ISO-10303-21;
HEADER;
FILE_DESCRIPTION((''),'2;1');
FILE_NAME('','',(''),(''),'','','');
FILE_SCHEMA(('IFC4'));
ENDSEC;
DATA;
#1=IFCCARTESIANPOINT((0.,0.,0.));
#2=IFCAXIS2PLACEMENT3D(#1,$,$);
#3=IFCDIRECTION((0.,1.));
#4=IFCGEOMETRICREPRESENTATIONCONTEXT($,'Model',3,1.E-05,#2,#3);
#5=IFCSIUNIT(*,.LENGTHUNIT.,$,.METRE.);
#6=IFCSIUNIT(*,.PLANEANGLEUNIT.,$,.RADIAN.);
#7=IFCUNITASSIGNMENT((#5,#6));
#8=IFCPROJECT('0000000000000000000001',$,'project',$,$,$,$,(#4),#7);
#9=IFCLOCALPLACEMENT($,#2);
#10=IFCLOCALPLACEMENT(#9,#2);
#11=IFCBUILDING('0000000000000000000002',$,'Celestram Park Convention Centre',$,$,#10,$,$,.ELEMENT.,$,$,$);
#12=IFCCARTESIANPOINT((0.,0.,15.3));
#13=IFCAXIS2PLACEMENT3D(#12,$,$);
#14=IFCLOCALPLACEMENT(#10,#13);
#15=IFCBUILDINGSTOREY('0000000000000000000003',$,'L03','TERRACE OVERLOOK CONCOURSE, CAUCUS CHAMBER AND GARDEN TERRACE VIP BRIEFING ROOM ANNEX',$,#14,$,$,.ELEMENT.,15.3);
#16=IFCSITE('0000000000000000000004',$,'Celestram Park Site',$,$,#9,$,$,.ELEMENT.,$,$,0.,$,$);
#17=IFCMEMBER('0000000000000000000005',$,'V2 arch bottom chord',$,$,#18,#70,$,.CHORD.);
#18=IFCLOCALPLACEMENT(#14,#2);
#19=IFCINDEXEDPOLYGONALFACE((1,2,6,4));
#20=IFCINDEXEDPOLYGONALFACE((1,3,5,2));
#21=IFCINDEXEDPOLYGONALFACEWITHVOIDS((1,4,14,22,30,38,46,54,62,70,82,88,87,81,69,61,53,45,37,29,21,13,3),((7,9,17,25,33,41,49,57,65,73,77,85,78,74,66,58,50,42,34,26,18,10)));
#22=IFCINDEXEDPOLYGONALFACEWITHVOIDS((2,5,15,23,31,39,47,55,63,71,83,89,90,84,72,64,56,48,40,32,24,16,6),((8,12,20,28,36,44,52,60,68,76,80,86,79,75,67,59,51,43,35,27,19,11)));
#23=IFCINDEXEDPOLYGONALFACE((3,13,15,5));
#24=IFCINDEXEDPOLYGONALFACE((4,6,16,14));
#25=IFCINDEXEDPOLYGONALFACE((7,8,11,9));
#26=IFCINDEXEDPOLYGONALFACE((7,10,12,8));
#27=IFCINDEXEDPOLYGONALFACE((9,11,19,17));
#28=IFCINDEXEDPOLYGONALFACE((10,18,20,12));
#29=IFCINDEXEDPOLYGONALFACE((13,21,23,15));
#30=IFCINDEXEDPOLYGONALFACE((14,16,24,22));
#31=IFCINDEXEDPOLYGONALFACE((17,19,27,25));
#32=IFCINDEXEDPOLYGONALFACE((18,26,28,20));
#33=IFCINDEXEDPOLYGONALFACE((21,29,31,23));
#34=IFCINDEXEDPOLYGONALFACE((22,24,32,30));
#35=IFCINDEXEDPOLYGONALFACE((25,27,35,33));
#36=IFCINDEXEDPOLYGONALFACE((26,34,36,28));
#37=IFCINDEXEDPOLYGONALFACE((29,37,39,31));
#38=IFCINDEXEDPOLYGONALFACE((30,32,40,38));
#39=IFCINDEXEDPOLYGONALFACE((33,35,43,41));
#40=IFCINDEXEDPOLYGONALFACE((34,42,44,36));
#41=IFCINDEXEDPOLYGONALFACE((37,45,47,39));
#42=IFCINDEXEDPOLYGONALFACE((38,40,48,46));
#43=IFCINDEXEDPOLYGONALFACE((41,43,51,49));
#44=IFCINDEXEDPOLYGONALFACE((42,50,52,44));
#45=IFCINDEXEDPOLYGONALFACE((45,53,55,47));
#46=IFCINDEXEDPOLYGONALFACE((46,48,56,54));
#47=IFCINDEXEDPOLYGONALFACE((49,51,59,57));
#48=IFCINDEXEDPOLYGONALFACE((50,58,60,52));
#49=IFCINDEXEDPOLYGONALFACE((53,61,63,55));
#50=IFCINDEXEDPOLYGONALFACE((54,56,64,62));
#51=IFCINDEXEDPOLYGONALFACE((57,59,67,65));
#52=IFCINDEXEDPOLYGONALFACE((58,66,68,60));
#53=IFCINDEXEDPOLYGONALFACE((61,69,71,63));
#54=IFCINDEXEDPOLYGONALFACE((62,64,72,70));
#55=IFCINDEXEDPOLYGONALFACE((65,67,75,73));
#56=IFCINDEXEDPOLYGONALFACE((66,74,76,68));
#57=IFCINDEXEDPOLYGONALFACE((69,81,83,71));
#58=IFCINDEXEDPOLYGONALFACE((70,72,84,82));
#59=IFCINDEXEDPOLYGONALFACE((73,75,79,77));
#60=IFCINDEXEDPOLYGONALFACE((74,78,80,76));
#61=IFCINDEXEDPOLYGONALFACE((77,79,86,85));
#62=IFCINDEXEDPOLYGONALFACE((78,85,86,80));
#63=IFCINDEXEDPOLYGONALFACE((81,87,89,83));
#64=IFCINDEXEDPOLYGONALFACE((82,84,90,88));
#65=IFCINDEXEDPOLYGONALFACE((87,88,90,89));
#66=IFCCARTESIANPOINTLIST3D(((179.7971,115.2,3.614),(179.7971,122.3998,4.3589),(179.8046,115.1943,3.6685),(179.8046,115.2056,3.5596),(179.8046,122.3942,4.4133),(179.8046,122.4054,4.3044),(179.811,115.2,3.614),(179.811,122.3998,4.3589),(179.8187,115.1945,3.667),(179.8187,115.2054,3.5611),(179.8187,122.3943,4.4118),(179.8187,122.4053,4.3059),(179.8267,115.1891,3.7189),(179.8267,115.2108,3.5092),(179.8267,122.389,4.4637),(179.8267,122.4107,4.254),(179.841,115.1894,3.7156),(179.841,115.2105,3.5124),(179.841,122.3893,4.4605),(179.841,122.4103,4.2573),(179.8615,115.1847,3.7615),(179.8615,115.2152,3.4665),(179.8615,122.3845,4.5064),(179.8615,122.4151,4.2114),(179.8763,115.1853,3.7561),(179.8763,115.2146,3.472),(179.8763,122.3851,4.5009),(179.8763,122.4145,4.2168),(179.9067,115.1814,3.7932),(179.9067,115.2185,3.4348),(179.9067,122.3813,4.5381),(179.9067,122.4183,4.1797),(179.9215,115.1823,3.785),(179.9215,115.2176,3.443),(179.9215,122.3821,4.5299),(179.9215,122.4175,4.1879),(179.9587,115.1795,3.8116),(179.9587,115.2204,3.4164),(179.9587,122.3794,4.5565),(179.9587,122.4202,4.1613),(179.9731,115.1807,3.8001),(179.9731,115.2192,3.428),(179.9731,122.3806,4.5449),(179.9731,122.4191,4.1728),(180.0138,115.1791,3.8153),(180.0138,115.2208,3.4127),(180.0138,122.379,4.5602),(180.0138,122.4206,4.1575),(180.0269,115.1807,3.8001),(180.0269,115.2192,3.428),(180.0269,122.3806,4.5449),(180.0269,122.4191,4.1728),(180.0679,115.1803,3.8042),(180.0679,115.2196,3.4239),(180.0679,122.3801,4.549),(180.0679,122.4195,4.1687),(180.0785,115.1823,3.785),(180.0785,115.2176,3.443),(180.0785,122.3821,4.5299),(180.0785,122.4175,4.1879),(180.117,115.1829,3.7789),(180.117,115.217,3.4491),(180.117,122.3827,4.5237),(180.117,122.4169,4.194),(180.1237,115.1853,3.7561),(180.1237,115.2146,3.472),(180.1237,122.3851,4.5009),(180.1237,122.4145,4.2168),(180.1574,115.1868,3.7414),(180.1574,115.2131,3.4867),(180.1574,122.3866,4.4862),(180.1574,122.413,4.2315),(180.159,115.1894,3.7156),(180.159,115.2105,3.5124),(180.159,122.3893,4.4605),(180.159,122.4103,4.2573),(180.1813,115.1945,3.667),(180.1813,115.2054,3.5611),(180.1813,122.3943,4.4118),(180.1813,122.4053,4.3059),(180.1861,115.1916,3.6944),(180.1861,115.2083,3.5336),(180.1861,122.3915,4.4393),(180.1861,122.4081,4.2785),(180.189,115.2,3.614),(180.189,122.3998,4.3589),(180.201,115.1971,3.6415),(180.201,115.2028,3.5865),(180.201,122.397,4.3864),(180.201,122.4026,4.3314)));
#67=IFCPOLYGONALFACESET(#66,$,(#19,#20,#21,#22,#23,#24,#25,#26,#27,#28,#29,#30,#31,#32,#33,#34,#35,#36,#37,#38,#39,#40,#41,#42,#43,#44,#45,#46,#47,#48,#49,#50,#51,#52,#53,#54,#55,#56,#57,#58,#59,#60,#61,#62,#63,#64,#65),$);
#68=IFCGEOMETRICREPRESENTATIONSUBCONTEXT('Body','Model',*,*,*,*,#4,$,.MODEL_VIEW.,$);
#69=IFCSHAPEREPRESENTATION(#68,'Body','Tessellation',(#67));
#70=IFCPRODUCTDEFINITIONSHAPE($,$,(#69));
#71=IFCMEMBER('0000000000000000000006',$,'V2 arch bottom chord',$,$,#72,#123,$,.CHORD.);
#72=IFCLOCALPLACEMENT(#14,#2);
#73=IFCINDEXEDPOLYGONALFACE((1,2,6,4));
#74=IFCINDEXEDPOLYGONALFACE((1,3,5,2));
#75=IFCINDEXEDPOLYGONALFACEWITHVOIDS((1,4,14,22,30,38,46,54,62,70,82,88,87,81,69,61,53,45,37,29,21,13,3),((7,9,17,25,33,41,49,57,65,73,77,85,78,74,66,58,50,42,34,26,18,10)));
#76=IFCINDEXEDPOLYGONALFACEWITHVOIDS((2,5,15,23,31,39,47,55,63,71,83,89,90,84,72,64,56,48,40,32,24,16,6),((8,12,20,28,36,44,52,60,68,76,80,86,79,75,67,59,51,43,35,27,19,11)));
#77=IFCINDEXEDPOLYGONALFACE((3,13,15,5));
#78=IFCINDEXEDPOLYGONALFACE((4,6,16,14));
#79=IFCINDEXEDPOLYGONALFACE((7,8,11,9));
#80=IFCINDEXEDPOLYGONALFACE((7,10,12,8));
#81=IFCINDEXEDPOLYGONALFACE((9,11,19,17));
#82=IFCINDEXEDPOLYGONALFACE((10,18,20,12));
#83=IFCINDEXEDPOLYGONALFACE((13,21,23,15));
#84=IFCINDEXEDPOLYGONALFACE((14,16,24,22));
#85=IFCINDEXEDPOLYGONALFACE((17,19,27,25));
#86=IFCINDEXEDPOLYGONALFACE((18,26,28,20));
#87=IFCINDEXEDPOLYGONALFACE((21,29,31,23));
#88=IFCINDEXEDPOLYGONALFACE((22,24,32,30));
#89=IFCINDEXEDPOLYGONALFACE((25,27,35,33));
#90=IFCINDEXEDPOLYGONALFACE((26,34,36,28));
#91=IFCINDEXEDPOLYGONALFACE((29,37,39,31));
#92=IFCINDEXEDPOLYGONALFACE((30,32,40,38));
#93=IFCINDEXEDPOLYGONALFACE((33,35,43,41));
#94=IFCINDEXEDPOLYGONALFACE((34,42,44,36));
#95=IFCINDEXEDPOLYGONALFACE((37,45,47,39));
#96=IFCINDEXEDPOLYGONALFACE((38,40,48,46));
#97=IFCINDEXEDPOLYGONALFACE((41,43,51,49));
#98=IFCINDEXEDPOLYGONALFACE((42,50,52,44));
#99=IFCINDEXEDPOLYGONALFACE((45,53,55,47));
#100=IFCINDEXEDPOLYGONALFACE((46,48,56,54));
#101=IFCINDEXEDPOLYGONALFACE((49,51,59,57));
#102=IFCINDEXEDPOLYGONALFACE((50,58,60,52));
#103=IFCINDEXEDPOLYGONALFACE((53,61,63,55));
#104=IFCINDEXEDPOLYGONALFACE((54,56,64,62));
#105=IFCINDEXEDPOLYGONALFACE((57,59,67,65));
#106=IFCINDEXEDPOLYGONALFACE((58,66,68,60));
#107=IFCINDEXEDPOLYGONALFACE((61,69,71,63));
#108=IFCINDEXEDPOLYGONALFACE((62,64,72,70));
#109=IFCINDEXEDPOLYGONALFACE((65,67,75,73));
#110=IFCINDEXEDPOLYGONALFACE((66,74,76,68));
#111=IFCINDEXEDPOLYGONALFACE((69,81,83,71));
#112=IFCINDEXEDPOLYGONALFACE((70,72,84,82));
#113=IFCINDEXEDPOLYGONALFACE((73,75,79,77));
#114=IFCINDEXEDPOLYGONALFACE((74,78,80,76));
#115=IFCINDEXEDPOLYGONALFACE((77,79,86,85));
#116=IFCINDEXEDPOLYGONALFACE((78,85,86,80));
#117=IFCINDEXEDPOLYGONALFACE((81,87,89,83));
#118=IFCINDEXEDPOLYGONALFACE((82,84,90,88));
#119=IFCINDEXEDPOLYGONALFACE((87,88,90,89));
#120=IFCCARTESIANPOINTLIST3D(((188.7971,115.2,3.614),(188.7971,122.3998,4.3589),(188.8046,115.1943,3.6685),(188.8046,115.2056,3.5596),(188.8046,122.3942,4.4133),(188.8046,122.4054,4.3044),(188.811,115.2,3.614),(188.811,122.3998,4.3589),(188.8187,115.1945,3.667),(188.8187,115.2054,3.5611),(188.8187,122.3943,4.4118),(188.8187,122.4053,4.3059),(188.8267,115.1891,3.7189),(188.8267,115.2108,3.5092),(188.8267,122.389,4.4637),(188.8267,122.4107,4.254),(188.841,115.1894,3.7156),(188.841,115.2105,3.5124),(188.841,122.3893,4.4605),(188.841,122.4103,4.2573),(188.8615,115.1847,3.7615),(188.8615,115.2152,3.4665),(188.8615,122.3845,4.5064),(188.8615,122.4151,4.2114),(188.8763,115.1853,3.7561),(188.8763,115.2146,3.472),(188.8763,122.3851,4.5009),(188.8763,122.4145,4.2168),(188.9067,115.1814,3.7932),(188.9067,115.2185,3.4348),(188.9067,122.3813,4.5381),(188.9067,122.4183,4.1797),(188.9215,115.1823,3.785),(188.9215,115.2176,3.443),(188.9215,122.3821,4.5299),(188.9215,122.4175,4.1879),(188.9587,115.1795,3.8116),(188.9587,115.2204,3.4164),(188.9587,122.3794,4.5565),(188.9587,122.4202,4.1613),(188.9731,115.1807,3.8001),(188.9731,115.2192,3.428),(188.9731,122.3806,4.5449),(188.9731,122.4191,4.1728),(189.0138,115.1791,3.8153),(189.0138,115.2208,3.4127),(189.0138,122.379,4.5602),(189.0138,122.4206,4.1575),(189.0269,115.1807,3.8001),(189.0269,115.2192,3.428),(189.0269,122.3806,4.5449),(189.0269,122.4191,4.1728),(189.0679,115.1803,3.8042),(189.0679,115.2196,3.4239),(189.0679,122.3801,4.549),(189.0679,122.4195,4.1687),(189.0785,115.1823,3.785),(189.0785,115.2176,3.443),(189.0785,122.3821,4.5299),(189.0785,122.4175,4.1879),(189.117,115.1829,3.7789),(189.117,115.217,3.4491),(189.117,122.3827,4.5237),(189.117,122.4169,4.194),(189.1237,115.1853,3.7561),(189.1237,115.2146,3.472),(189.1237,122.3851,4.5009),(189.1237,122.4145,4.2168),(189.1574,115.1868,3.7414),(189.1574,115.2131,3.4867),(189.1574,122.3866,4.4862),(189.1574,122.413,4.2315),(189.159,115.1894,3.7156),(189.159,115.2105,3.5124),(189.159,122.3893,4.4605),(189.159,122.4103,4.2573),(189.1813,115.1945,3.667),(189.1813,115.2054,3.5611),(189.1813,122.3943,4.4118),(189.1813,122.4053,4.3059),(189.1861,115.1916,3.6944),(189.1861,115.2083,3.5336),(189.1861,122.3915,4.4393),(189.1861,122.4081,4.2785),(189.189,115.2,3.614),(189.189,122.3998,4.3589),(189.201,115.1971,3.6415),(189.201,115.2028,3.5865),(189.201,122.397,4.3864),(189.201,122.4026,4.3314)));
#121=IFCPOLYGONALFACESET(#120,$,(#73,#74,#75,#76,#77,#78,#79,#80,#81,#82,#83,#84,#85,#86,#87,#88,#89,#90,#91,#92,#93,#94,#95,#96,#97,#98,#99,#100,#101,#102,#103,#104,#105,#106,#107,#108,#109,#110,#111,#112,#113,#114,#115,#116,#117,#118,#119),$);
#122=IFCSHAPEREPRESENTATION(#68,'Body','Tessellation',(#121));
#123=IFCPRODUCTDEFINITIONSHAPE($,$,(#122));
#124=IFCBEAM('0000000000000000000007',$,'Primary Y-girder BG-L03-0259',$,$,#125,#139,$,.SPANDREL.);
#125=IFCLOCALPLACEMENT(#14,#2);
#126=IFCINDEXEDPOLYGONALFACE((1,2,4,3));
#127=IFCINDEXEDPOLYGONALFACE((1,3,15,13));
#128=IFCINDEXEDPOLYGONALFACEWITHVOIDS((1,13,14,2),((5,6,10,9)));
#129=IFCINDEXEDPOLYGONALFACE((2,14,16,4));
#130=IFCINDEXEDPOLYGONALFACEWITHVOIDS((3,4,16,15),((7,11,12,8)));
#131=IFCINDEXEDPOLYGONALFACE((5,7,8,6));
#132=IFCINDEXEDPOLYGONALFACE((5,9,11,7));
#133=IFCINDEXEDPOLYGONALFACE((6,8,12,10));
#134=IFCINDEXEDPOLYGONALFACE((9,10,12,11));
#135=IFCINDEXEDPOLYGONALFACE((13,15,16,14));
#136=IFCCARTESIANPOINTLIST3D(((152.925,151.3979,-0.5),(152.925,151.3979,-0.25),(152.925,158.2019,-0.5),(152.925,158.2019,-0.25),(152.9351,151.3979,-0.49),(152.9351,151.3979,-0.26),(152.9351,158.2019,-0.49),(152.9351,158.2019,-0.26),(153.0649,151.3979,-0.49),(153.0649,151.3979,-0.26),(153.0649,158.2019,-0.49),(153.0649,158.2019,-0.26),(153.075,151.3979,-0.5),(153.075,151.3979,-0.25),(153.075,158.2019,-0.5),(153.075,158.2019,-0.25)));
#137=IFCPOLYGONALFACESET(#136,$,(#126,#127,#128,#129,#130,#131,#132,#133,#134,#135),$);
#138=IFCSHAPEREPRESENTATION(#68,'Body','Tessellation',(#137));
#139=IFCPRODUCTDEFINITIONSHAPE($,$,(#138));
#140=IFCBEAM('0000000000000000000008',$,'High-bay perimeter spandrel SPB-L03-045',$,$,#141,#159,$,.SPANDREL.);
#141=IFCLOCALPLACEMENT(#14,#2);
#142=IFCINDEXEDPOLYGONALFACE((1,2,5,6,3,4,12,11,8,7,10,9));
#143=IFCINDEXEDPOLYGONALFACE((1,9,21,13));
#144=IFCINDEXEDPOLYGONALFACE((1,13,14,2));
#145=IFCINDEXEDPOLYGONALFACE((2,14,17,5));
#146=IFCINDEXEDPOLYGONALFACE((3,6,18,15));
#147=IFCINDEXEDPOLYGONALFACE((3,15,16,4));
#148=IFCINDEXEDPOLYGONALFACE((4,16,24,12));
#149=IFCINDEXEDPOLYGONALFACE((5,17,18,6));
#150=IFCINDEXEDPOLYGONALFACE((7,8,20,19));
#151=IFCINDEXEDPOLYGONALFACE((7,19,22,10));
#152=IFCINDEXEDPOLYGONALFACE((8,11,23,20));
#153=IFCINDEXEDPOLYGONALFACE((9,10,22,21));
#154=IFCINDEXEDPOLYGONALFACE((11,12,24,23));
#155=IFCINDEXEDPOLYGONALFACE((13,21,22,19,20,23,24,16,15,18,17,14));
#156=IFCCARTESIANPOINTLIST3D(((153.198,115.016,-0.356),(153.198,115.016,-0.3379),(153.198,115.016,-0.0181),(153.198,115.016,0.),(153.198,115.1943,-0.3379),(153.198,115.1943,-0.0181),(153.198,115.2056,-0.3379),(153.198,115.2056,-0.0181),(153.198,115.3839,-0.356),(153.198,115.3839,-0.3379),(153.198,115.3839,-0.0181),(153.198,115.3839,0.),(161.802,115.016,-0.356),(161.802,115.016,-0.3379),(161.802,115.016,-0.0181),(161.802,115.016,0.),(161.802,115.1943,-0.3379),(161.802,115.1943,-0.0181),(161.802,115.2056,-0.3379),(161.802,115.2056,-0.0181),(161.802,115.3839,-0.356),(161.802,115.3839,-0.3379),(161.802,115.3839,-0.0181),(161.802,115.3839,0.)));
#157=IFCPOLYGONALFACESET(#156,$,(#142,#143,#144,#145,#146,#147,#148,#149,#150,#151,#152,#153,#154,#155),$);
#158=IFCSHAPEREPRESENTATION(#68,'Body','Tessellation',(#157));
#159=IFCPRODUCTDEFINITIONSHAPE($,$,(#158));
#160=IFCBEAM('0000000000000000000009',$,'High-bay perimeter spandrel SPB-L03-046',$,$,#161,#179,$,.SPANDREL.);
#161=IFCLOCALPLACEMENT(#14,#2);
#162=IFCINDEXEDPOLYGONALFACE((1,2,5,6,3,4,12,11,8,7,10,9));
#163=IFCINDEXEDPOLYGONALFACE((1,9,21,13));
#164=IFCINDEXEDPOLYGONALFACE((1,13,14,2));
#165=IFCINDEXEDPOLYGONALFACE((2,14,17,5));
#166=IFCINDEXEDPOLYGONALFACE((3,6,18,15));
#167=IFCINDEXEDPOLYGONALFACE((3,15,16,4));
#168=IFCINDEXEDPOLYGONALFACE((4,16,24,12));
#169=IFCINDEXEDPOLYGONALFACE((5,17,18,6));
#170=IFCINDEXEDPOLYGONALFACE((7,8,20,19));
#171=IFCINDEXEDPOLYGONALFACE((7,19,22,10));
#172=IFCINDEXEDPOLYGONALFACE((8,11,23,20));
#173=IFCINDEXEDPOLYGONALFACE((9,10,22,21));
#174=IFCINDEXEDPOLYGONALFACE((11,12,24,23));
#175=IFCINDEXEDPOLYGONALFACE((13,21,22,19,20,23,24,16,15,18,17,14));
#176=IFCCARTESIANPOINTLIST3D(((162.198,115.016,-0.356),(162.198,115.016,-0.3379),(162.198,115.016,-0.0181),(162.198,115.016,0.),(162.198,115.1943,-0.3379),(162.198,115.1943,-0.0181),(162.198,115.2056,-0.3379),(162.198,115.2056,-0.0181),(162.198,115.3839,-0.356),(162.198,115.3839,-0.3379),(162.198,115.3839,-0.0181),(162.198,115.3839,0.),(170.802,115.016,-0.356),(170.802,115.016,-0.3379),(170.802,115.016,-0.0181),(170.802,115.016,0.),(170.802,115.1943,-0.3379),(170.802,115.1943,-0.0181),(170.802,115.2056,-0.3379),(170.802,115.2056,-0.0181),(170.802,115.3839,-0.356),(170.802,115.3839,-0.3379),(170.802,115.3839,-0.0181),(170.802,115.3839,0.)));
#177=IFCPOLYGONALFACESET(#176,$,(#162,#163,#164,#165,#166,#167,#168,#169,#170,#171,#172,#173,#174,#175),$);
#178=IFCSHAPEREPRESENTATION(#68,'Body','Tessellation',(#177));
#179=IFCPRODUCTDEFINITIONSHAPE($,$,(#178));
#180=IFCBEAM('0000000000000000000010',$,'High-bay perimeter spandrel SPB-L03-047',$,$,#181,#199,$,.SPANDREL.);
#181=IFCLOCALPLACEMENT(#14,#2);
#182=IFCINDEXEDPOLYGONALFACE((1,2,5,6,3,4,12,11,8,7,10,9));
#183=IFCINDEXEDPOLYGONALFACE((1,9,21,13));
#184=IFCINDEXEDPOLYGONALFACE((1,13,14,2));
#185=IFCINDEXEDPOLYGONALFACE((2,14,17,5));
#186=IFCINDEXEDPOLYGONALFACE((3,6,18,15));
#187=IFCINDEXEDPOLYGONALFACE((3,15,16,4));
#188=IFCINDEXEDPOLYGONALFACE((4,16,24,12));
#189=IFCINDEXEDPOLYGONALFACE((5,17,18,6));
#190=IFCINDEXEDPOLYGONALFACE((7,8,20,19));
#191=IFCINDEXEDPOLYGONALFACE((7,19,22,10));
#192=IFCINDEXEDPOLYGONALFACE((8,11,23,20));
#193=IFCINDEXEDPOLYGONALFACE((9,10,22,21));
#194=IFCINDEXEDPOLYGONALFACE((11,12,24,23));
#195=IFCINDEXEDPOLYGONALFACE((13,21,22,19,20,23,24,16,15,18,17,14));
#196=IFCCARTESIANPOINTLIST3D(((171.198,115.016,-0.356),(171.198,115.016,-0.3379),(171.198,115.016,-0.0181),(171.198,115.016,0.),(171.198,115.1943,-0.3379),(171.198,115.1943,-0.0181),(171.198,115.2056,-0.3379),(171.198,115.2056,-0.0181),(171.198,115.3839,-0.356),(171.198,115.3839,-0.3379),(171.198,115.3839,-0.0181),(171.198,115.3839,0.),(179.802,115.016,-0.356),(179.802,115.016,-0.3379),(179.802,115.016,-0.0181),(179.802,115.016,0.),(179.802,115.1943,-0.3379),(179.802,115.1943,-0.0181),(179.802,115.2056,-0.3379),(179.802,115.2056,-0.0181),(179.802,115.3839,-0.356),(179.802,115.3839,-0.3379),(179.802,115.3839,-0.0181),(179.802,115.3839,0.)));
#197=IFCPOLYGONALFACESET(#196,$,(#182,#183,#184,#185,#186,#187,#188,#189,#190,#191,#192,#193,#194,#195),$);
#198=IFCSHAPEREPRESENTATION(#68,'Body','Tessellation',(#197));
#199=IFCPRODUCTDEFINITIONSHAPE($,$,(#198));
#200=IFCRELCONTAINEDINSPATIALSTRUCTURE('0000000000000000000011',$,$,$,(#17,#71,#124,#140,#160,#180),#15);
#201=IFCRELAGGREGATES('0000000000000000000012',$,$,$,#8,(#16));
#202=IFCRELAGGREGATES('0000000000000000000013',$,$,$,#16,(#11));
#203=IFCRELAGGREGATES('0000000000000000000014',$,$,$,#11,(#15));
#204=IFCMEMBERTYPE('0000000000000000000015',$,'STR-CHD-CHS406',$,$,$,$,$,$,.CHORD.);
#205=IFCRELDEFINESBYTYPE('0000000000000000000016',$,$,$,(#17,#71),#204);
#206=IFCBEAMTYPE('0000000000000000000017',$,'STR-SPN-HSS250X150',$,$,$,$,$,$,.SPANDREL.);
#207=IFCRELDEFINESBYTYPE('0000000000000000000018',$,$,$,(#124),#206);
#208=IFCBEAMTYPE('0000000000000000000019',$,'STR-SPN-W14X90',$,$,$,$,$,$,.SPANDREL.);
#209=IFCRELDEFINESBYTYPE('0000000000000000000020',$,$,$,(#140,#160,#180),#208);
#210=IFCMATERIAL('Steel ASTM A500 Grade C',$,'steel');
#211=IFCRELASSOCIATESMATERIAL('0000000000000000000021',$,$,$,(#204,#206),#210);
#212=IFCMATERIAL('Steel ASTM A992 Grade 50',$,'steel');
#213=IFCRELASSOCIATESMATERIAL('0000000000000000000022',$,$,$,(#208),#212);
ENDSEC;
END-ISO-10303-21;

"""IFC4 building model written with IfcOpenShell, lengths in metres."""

from ifc_helpers import new_model, si_unit, direction, frame, origin, origin_2d, place, context, subcontext, project, spatial, hollow_rectangle, hollow_circle, i_section, extrude, material, material_profile, profile_set, type_object, element, save


model = new_model("IFC4")

# Units and contexts
model_context = context("Model", 3, precision=1e-05, world=origin(), true_north=direction((0.0, 1.0)))
body_context = subcontext(model_context, "Body", "Model", "MODEL_VIEW")
ifc_project = project(units=[si_unit("LENGTHUNIT", "METRE"), si_unit("PLANEANGLEUNIT", "RADIAN")], contexts=[model_context])

# Site, building, storey
site_placement = place(None, origin())
site = spatial("IfcSite", under=ifc_project, at=site_placement, Name="Celestram Park Site", CompositionType="ELEMENT", RefElevation=0.0)
building_placement = place(site_placement, origin())
building = spatial("IfcBuilding", under=site, at=building_placement, Name="Celestram Park Convention Centre", CompositionType="ELEMENT")
storey_placement = place(building_placement, frame((0.0, 0.0, 15.3)))
storey = spatial("IfcBuildingStorey", under=building, at=storey_placement, Name="L03", Description="TERRACE OVERLOOK CONCOURSE, CAUCUS CHAMBER AND GARDEN TERRACE VIP BRIEFING ROOM ANNEX", CompositionType="ELEMENT", Elevation=15.3)

# Shared definitions
ifc_material_1 = material(Name="Steel ASTM A500 Grade C", Category="steel")

# Shared definitions
ifc_material_2 = material(Name="Steel ASTM A992 Grade 50", Category="steel")

# Members
ifc_material_profile_1 = material_profile(ifc_material_1, hollow_circle(Radius=0.2029, WallThickness=0.0139, at=origin_2d()), Name="CHS406X14")
ifc_profile_set_1 = profile_set([ifc_material_profile_1], Name="Steel ASTM A500 Grade C")
member_type = type_object("IfcMemberType", Name="STR-CHD-CHS406", PredefinedType="CHORD", material=ifc_profile_set_1)
for number, where, z_axis, x_axis, name in (
    (1, (180.0, 115.2, 3.614), (0.0, 0.994691, 0.102906), (-1.0, 0.0, 0.0), "V2 arch bottom chord"),
    (2, (189.0, 115.2, 3.614), (0.0, 0.994691, 0.102906), (-1.0, 0.0, 0.0), "V2 arch bottom chord"),
):
    element("IfcMember", number, at=place(storey_placement, frame(where, z_axis=z_axis, x_axis=x_axis)), inside=storey, type_object=member_type, Name=name, PredefinedType="CHORD", context=body_context, shape_type="SweptSolid", body=[
        extrude(hollow_circle(Radius=0.2029, WallThickness=0.0139, at=origin_2d()), origin(), (0.0, 0.0, 1.0), 7.2383),
    ])

# Beams
ifc_material_profile_2 = material_profile(ifc_material_1, hollow_rectangle(XDim=0.1499, YDim=0.25, WallThickness=0.01, at=origin_2d()), Name="HSS250X150X10")
ifc_profile_set_2 = profile_set([ifc_material_profile_2], Name="Steel ASTM A500 Grade C")
beam_type_1 = type_object("IfcBeamType", Name="STR-SPN-HSS250X150", PredefinedType="SPANDREL", material=ifc_profile_set_2)
beam_placement = place(storey_placement, frame((153.0, 151.3979, -0.375), z_axis=(0.0, 1.0, 0.0), x_axis=(-1.0, 0.0, 0.0)))
element("IfcBeam", 3, at=beam_placement, inside=storey, type_object=beam_type_1, Name="Primary Y-girder BG-L03-0259", PredefinedType="SPANDREL", context=body_context, shape_type="SweptSolid", body=[
    extrude(hollow_rectangle(XDim=0.1499, YDim=0.25, WallThickness=0.01, at=origin_2d()), origin(), (0.0, 0.0, 1.0), 6.804),
])
ifc_material_profile_3 = material_profile(ifc_material_2, i_section(OverallWidth=0.3679, OverallDepth=0.356, WebThickness=0.0112, FlangeThickness=0.0181, at=origin_2d()), Name="W14X90")
ifc_profile_set_3 = profile_set([ifc_material_profile_3], Name="Steel ASTM A992 Grade 50")
beam_type_2 = type_object("IfcBeamType", Name="STR-SPN-W14X90", PredefinedType="SPANDREL", material=ifc_profile_set_3)
for number, where, z_axis, x_axis, name in (
    (4, (153.198, 115.2, -0.178), (1.0, 0.0, 0.0), (0.0, 1.0, 0.0), "High-bay perimeter spandrel SPB-L03-045"),
    (5, (162.198, 115.2, -0.178), (1.0, 0.0, 0.0), (0.0, 1.0, 0.0), "High-bay perimeter spandrel SPB-L03-046"),
    (6, (171.198, 115.2, -0.178), (1.0, 0.0, 0.0), (0.0, 1.0, 0.0), "High-bay perimeter spandrel SPB-L03-047"),
):
    element("IfcBeam", number, at=place(storey_placement, frame(where, z_axis=z_axis, x_axis=x_axis)), inside=storey, type_object=beam_type_2, Name=name, PredefinedType="SPANDREL", context=body_context, shape_type="SweptSolid", body=[
        extrude(i_section(OverallWidth=0.3679, OverallDepth=0.356, WebThickness=0.0112, FlangeThickness=0.0181, at=origin_2d()), origin(), (0.0, 0.0, 1.0), 8.604),
    ])

save(model, "model.ifc")
